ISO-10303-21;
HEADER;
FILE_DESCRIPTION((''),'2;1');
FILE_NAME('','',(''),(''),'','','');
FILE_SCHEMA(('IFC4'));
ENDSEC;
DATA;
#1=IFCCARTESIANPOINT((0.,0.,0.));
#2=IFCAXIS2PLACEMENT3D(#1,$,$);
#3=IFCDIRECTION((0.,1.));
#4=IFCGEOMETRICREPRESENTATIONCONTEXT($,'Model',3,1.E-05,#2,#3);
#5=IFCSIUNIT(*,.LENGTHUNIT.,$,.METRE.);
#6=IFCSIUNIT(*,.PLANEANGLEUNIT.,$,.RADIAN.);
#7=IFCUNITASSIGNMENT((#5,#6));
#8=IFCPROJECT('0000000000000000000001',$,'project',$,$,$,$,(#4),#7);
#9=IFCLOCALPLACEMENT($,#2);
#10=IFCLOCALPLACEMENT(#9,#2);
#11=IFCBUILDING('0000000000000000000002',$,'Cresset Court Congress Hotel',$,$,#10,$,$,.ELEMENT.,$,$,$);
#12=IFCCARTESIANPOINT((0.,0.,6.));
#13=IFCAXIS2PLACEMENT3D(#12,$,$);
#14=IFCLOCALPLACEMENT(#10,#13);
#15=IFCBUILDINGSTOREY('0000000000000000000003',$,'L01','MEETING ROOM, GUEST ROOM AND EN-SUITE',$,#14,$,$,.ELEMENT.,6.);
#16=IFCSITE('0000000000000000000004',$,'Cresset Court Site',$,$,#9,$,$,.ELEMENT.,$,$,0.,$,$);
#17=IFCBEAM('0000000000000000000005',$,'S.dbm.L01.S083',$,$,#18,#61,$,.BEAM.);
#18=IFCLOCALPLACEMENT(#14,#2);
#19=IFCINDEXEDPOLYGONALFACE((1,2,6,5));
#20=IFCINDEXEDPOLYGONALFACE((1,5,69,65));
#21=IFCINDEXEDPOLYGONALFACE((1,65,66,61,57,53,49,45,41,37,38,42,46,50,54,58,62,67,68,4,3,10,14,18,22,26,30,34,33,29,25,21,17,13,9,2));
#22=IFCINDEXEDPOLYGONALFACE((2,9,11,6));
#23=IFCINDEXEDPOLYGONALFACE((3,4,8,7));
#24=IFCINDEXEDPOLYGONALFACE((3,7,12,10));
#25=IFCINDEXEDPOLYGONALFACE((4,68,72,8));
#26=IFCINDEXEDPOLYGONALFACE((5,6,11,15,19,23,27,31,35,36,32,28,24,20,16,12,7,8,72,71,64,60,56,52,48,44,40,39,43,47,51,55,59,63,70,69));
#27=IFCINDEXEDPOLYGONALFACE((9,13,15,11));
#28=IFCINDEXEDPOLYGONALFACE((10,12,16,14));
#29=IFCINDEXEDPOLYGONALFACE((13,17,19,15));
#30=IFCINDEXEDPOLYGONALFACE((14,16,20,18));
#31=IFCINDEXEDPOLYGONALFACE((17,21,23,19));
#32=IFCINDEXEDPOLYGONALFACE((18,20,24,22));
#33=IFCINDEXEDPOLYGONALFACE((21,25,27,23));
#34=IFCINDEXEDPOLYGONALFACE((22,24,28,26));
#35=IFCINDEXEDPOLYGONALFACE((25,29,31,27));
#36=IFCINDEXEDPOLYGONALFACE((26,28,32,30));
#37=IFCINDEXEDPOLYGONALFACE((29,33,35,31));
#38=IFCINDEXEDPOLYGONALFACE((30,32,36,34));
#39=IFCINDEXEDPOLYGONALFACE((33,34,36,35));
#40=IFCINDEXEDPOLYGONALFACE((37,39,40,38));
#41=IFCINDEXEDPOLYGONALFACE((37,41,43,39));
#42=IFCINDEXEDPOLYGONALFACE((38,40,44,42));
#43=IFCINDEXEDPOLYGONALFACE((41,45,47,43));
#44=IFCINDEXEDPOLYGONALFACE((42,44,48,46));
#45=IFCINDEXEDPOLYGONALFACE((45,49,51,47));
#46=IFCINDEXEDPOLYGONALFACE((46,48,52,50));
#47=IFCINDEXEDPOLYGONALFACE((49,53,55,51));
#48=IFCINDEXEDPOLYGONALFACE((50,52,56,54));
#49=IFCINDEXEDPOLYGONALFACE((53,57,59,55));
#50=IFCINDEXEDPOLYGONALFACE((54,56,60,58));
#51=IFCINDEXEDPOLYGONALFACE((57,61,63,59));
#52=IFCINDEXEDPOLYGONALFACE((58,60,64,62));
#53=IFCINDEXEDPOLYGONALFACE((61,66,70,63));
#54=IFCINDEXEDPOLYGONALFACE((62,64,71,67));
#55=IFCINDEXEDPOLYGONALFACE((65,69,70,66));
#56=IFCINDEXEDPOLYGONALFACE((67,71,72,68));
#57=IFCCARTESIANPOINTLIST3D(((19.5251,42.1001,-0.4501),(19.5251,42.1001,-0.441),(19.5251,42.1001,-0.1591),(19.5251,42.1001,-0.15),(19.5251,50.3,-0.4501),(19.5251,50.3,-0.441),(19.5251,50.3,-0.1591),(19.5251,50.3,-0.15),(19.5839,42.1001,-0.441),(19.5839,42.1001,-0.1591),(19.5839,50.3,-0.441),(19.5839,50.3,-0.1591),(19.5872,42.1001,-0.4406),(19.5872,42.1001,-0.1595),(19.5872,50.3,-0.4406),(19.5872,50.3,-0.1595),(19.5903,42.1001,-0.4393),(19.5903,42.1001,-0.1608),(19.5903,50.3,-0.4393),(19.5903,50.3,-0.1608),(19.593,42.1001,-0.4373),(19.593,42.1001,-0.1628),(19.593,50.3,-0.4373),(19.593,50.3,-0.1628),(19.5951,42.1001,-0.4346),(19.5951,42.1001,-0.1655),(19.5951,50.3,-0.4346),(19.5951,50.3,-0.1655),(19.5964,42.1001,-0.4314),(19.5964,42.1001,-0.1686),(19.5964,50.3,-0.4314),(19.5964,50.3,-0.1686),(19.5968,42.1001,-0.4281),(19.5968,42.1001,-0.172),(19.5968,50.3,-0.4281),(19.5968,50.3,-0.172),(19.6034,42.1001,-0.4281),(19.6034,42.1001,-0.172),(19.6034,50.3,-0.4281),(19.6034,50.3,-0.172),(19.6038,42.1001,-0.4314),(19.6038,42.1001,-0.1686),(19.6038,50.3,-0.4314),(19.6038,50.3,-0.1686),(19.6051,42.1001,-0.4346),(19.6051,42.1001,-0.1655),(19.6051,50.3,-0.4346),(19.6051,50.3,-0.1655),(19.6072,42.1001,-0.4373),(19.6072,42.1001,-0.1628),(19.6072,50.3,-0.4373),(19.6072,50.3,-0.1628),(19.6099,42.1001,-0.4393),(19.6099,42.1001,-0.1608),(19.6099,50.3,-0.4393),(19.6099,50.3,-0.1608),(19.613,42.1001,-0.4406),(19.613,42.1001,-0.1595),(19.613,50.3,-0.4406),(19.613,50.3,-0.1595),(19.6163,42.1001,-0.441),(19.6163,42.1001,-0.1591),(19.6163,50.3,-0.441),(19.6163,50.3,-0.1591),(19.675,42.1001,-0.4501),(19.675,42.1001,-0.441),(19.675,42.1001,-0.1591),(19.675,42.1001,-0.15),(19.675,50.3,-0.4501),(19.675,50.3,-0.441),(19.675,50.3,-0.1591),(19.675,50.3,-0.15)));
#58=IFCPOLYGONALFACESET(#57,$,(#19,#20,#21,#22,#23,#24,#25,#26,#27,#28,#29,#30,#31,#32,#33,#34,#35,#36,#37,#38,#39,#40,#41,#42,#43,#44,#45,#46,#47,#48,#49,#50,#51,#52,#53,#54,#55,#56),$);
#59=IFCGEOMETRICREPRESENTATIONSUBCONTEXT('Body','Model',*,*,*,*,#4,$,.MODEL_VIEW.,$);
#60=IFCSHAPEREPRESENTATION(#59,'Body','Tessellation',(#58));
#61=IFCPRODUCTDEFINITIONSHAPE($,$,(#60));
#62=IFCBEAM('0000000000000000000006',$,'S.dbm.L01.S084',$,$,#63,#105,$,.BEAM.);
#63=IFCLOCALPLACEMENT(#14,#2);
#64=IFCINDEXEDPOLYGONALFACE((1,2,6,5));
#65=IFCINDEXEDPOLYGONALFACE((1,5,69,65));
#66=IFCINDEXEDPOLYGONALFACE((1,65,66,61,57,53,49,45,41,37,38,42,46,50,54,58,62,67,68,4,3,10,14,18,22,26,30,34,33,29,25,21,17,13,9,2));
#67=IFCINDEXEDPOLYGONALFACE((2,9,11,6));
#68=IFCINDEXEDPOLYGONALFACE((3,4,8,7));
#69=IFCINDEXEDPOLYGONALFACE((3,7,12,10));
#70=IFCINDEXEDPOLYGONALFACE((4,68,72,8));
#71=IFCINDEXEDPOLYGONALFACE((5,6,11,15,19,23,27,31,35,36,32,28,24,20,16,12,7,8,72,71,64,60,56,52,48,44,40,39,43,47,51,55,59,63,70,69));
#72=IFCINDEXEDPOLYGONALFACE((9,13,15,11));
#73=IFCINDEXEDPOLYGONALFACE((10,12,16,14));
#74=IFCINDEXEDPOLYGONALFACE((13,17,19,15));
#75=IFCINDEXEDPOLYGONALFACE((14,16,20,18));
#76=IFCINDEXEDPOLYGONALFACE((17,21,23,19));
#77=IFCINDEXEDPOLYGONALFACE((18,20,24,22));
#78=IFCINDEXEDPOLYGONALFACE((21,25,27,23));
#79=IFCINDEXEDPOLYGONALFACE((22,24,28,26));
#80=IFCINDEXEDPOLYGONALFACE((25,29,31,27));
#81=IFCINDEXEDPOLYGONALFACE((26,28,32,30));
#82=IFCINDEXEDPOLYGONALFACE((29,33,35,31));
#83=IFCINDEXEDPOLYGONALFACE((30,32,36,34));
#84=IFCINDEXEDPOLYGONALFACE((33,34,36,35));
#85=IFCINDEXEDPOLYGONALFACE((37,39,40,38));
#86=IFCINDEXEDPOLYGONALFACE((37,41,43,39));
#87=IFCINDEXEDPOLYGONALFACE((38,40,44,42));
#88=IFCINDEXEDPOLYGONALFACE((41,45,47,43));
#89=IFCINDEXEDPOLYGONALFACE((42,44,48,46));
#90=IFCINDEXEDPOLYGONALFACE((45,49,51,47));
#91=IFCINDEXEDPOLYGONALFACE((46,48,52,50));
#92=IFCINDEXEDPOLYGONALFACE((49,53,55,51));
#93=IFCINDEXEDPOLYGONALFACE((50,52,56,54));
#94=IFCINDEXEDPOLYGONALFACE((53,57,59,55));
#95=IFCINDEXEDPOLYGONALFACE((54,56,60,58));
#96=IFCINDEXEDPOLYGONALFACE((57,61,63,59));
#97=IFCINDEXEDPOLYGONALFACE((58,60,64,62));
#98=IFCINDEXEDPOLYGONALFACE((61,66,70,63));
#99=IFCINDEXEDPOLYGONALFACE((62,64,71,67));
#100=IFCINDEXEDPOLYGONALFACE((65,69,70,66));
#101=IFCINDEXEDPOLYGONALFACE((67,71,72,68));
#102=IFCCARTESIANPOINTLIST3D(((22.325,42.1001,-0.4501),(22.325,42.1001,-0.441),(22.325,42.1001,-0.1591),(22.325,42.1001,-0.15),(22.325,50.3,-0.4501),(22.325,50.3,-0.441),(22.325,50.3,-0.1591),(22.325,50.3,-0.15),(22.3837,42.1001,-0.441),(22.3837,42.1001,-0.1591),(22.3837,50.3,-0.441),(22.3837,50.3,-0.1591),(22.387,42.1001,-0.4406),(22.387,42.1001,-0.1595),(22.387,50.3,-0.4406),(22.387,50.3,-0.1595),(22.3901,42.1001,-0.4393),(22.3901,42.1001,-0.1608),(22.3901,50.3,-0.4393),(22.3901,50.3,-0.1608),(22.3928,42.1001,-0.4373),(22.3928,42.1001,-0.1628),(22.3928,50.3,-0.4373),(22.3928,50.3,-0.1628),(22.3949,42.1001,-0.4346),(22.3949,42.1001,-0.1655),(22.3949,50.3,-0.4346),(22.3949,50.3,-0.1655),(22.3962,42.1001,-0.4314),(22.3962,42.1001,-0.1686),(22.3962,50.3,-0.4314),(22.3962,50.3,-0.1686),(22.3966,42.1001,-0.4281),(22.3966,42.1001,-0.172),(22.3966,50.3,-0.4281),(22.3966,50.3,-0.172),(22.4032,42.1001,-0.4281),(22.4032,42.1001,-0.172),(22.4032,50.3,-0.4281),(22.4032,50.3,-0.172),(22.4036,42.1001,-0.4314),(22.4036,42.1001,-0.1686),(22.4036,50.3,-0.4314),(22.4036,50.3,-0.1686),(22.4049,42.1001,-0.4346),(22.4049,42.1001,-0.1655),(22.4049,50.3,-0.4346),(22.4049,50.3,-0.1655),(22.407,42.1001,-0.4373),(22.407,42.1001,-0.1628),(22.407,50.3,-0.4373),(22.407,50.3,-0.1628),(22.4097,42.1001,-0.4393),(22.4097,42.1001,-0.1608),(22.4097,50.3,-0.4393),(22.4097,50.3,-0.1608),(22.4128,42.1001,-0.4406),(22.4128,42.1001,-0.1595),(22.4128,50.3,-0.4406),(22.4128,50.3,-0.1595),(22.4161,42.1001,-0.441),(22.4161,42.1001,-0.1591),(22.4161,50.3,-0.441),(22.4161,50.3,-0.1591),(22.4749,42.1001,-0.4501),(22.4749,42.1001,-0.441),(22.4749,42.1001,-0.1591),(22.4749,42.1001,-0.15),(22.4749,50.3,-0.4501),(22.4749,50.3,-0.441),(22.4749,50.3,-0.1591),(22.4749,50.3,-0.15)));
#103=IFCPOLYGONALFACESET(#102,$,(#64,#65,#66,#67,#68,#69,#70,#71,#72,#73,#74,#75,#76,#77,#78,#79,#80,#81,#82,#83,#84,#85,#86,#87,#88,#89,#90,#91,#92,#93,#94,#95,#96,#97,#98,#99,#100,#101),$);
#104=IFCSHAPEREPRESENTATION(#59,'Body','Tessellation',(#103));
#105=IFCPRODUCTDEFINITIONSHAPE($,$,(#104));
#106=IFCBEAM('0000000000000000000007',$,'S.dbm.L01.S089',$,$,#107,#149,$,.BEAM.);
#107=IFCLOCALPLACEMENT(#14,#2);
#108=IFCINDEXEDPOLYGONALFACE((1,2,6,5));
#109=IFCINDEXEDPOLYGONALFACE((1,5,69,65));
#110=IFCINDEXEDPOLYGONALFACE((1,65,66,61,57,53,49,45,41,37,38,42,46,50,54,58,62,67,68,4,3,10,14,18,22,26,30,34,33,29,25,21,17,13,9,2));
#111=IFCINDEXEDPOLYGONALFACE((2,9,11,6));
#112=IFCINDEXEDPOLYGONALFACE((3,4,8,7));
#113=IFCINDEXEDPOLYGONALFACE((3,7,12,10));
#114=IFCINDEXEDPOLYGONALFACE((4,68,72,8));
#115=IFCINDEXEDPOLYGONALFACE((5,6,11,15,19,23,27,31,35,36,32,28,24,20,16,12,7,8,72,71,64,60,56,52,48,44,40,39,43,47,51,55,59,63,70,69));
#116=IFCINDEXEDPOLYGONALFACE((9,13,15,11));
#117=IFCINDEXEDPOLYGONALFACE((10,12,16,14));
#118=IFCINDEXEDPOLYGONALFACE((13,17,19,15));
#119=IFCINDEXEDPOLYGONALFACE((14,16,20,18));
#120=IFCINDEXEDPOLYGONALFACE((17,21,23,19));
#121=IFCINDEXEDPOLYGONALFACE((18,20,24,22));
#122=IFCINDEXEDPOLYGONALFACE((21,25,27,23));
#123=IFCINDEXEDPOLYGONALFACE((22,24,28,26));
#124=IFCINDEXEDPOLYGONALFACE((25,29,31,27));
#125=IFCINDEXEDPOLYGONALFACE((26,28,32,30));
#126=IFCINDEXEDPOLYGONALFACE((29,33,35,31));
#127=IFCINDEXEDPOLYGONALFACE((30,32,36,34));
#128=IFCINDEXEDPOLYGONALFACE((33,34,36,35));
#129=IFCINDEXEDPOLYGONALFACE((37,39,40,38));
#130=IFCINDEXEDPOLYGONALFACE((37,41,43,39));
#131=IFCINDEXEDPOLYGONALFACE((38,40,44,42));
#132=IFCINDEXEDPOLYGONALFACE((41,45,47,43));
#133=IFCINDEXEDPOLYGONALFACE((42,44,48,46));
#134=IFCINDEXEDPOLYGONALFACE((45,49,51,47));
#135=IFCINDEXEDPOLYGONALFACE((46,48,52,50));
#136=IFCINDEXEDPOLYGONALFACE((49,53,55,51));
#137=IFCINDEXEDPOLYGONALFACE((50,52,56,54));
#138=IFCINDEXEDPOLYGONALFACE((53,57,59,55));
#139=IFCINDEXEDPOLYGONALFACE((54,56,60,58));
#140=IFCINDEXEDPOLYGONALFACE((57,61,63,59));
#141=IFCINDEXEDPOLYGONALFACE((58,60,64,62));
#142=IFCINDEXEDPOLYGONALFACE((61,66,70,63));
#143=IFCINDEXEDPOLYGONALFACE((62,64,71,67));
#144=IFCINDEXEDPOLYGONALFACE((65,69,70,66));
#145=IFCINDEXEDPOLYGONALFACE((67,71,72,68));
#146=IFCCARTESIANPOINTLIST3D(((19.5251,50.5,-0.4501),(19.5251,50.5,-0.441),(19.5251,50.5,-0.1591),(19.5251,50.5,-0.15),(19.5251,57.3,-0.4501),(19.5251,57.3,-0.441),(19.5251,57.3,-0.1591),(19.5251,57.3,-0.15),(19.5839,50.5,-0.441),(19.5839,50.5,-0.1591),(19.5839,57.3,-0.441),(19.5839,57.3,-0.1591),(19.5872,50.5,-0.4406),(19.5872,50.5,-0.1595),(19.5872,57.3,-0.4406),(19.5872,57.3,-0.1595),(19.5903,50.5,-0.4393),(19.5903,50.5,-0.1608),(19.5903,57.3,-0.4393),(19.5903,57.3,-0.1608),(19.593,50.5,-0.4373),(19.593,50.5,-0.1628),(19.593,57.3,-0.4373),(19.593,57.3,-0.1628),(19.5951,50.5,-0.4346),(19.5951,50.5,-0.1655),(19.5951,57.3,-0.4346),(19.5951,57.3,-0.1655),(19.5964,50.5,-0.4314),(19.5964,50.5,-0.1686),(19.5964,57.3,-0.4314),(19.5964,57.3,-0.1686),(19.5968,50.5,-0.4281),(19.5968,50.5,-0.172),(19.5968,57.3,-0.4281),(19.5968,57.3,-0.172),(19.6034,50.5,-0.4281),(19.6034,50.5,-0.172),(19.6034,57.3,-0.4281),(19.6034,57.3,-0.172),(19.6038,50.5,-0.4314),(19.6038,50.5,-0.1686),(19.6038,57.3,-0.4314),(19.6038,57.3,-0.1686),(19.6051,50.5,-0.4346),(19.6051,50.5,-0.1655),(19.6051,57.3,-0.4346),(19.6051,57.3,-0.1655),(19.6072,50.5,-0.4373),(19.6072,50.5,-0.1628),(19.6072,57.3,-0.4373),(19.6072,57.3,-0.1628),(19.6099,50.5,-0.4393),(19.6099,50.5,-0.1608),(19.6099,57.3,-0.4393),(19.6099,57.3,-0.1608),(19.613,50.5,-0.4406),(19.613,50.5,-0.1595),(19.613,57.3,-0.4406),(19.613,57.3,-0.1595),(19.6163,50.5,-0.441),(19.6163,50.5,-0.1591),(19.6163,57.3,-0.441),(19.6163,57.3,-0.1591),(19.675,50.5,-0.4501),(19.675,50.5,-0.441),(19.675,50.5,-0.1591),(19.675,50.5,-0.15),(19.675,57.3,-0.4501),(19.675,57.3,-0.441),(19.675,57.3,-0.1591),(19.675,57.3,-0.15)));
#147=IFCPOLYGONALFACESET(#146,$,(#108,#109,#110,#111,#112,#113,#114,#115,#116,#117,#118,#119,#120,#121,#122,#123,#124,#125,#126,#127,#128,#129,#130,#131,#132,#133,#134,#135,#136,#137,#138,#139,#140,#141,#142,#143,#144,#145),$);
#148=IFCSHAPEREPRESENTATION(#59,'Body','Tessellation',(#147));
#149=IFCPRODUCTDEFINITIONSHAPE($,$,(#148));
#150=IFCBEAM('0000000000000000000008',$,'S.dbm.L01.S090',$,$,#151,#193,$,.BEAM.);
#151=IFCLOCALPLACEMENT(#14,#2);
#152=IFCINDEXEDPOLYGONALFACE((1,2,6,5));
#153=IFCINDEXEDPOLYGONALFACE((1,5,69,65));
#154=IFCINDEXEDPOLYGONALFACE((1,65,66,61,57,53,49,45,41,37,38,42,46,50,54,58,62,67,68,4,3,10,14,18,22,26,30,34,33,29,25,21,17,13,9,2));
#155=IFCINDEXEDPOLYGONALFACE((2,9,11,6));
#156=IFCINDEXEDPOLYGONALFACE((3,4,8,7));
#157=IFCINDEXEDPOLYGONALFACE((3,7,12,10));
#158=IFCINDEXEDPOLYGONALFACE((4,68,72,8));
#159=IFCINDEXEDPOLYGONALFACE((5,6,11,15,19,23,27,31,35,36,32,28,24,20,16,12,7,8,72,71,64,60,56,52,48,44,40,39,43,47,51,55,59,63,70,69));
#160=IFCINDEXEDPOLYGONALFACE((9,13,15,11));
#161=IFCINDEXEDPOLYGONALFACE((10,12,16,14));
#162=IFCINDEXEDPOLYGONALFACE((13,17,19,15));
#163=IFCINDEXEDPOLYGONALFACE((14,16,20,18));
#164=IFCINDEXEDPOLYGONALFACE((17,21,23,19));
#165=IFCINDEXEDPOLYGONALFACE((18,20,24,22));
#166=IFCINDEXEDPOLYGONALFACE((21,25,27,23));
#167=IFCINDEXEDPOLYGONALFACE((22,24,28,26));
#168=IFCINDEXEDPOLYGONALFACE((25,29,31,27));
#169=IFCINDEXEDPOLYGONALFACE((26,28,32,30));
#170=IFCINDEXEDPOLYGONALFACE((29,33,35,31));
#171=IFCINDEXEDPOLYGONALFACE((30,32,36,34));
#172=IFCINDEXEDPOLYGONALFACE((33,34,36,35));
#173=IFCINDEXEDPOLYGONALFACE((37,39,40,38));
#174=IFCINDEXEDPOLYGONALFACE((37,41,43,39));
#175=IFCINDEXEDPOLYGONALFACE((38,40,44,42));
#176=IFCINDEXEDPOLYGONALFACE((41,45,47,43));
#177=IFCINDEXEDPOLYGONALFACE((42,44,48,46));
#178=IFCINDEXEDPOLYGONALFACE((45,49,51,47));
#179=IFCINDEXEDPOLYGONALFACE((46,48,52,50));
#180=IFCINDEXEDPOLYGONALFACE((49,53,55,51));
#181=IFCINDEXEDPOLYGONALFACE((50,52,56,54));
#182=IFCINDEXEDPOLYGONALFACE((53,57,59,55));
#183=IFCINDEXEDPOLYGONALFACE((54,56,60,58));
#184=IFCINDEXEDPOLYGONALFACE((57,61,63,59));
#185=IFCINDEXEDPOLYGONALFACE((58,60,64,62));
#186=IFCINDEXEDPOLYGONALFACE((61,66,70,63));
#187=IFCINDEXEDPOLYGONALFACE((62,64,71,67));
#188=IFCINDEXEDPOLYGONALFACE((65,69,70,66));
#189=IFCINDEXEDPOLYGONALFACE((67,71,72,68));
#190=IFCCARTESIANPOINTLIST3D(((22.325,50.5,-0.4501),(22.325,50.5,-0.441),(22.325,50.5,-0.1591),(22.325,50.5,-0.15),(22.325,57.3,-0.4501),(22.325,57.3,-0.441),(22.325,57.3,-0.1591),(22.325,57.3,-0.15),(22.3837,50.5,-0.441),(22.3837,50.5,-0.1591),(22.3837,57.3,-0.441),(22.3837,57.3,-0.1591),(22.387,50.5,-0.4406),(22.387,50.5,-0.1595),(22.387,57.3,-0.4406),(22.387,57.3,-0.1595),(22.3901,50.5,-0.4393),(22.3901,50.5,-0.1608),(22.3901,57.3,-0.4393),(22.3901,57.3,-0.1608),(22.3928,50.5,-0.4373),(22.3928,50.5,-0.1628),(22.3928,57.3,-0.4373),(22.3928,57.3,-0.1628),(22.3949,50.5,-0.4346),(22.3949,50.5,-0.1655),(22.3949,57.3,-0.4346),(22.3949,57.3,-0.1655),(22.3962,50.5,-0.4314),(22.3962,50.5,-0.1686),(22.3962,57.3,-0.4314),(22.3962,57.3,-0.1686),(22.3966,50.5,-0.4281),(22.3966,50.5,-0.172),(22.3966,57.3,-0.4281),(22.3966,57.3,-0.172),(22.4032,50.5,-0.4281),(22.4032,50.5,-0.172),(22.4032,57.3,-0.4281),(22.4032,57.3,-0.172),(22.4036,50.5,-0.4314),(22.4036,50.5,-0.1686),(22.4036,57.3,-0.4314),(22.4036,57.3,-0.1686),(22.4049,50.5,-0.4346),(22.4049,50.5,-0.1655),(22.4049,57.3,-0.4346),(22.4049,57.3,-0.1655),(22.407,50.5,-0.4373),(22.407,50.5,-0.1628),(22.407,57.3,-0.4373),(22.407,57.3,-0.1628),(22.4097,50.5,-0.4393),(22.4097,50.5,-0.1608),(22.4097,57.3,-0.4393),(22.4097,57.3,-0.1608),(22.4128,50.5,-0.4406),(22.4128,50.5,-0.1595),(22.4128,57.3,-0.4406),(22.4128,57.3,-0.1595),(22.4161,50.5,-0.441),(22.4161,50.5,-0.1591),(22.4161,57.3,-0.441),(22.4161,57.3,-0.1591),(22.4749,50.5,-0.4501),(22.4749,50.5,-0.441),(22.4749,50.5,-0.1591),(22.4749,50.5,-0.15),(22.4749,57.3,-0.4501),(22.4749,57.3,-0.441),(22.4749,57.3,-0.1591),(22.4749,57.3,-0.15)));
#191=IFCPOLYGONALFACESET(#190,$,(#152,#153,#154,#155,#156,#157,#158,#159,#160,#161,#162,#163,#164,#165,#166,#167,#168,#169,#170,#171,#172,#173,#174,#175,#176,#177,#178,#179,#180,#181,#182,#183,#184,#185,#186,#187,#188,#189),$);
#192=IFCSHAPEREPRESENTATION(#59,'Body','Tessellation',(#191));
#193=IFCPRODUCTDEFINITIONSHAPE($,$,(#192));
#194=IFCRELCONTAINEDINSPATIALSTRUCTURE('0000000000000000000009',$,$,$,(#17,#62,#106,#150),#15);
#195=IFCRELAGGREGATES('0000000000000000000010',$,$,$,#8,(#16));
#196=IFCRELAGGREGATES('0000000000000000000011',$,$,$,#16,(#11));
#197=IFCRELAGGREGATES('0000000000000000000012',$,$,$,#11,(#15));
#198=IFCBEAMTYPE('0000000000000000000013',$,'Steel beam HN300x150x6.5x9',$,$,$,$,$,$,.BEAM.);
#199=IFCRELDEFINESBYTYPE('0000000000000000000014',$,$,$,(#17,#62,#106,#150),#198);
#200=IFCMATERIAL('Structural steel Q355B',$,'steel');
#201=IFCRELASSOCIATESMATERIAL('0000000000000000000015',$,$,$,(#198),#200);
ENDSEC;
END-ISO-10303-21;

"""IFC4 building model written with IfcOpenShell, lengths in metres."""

from ifc_helpers import new_model, si_unit, direction, frame, origin, origin_2d, place, context, subcontext, project, spatial, i_section, extrude, material, material_profile, profile_set, type_object, element, save


model = new_model("IFC4")

# Units and contexts
model_context = context("Model", 3, precision=1e-05, world=origin(), true_north=direction((0.0, 1.0)))
body_context = subcontext(model_context, "Body", "Model", "MODEL_VIEW")
ifc_project = project(units=[si_unit("LENGTHUNIT", "METRE"), si_unit("PLANEANGLEUNIT", "RADIAN")], contexts=[model_context])

# Site, building, storey
site_placement = place(None, origin())
site = spatial("IfcSite", under=ifc_project, at=site_placement, Name="Cresset Court Site", CompositionType="ELEMENT", RefElevation=0.0)
building_placement = place(site_placement, origin())
building = spatial("IfcBuilding", under=site, at=building_placement, Name="Cresset Court Congress Hotel", CompositionType="ELEMENT")
storey_placement = place(building_placement, frame((0.0, 0.0, 6.0)))
storey = spatial("IfcBuildingStorey", under=building, at=storey_placement, Name="L01", Description="MEETING ROOM, GUEST ROOM AND EN-SUITE", CompositionType="ELEMENT", Elevation=6.0)

# Beams
ifc_material_1 = material(Name="Structural steel Q355B", Category="steel")
ifc_material_profile_1 = material_profile(ifc_material_1, i_section(OverallWidth=0.1499, OverallDepth=0.3, WebThickness=0.0066, FlangeThickness=0.009, FilletRadius=0.0129, at=origin_2d()), Name="HN300x150x6.5x9")
ifc_profile_set_1 = profile_set([ifc_material_profile_1], Name="Structural steel Q355B")
beam_type_1 = type_object("IfcBeamType", Name="Steel beam HN300x150x6.5x9", PredefinedType="BEAM", material=ifc_profile_set_1)
for number, where, z_axis, x_axis, name in (
    (1, (19.6001, 42.1001, -0.3), (0.0, 1.0, 0.0), (-1.0, 0.0, 0.0), "S.dbm.L01.S083"),
    (2, (22.3999, 42.1001, -0.3), (0.0, 1.0, 0.0), (-1.0, 0.0, 0.0), "S.dbm.L01.S084"),
):
    element("IfcBeam", number, at=place(storey_placement, frame(where, z_axis=z_axis, x_axis=x_axis)), inside=storey, type_object=beam_type_1, Name=name, PredefinedType="BEAM", context=body_context, shape_type="SweptSolid", body=[
        extrude(i_section(OverallWidth=0.1499, OverallDepth=0.3, WebThickness=0.0066, FlangeThickness=0.009, FilletRadius=0.0129, at=origin_2d()), origin(), (0.0, 0.0, 1.0), 8.2),
    ])
for number, where, z_axis, x_axis, name in (
    (3, (19.6001, 50.5, -0.3), (0.0, 1.0, 0.0), (-1.0, 0.0, 0.0), "S.dbm.L01.S089"),
    (4, (22.3999, 50.5, -0.3), (0.0, 1.0, 0.0), (-1.0, 0.0, 0.0), "S.dbm.L01.S090"),
):
    element("IfcBeam", number, at=place(storey_placement, frame(where, z_axis=z_axis, x_axis=x_axis)), inside=storey, type_object=beam_type_1, Name=name, PredefinedType="BEAM", context=body_context, shape_type="SweptSolid", body=[
        extrude(i_section(OverallWidth=0.1499, OverallDepth=0.3, WebThickness=0.0066, FlangeThickness=0.009, FilletRadius=0.0129, at=origin_2d()), origin(), (0.0, 0.0, 1.0), 6.8),
    ])

save(model, "model.ifc")
